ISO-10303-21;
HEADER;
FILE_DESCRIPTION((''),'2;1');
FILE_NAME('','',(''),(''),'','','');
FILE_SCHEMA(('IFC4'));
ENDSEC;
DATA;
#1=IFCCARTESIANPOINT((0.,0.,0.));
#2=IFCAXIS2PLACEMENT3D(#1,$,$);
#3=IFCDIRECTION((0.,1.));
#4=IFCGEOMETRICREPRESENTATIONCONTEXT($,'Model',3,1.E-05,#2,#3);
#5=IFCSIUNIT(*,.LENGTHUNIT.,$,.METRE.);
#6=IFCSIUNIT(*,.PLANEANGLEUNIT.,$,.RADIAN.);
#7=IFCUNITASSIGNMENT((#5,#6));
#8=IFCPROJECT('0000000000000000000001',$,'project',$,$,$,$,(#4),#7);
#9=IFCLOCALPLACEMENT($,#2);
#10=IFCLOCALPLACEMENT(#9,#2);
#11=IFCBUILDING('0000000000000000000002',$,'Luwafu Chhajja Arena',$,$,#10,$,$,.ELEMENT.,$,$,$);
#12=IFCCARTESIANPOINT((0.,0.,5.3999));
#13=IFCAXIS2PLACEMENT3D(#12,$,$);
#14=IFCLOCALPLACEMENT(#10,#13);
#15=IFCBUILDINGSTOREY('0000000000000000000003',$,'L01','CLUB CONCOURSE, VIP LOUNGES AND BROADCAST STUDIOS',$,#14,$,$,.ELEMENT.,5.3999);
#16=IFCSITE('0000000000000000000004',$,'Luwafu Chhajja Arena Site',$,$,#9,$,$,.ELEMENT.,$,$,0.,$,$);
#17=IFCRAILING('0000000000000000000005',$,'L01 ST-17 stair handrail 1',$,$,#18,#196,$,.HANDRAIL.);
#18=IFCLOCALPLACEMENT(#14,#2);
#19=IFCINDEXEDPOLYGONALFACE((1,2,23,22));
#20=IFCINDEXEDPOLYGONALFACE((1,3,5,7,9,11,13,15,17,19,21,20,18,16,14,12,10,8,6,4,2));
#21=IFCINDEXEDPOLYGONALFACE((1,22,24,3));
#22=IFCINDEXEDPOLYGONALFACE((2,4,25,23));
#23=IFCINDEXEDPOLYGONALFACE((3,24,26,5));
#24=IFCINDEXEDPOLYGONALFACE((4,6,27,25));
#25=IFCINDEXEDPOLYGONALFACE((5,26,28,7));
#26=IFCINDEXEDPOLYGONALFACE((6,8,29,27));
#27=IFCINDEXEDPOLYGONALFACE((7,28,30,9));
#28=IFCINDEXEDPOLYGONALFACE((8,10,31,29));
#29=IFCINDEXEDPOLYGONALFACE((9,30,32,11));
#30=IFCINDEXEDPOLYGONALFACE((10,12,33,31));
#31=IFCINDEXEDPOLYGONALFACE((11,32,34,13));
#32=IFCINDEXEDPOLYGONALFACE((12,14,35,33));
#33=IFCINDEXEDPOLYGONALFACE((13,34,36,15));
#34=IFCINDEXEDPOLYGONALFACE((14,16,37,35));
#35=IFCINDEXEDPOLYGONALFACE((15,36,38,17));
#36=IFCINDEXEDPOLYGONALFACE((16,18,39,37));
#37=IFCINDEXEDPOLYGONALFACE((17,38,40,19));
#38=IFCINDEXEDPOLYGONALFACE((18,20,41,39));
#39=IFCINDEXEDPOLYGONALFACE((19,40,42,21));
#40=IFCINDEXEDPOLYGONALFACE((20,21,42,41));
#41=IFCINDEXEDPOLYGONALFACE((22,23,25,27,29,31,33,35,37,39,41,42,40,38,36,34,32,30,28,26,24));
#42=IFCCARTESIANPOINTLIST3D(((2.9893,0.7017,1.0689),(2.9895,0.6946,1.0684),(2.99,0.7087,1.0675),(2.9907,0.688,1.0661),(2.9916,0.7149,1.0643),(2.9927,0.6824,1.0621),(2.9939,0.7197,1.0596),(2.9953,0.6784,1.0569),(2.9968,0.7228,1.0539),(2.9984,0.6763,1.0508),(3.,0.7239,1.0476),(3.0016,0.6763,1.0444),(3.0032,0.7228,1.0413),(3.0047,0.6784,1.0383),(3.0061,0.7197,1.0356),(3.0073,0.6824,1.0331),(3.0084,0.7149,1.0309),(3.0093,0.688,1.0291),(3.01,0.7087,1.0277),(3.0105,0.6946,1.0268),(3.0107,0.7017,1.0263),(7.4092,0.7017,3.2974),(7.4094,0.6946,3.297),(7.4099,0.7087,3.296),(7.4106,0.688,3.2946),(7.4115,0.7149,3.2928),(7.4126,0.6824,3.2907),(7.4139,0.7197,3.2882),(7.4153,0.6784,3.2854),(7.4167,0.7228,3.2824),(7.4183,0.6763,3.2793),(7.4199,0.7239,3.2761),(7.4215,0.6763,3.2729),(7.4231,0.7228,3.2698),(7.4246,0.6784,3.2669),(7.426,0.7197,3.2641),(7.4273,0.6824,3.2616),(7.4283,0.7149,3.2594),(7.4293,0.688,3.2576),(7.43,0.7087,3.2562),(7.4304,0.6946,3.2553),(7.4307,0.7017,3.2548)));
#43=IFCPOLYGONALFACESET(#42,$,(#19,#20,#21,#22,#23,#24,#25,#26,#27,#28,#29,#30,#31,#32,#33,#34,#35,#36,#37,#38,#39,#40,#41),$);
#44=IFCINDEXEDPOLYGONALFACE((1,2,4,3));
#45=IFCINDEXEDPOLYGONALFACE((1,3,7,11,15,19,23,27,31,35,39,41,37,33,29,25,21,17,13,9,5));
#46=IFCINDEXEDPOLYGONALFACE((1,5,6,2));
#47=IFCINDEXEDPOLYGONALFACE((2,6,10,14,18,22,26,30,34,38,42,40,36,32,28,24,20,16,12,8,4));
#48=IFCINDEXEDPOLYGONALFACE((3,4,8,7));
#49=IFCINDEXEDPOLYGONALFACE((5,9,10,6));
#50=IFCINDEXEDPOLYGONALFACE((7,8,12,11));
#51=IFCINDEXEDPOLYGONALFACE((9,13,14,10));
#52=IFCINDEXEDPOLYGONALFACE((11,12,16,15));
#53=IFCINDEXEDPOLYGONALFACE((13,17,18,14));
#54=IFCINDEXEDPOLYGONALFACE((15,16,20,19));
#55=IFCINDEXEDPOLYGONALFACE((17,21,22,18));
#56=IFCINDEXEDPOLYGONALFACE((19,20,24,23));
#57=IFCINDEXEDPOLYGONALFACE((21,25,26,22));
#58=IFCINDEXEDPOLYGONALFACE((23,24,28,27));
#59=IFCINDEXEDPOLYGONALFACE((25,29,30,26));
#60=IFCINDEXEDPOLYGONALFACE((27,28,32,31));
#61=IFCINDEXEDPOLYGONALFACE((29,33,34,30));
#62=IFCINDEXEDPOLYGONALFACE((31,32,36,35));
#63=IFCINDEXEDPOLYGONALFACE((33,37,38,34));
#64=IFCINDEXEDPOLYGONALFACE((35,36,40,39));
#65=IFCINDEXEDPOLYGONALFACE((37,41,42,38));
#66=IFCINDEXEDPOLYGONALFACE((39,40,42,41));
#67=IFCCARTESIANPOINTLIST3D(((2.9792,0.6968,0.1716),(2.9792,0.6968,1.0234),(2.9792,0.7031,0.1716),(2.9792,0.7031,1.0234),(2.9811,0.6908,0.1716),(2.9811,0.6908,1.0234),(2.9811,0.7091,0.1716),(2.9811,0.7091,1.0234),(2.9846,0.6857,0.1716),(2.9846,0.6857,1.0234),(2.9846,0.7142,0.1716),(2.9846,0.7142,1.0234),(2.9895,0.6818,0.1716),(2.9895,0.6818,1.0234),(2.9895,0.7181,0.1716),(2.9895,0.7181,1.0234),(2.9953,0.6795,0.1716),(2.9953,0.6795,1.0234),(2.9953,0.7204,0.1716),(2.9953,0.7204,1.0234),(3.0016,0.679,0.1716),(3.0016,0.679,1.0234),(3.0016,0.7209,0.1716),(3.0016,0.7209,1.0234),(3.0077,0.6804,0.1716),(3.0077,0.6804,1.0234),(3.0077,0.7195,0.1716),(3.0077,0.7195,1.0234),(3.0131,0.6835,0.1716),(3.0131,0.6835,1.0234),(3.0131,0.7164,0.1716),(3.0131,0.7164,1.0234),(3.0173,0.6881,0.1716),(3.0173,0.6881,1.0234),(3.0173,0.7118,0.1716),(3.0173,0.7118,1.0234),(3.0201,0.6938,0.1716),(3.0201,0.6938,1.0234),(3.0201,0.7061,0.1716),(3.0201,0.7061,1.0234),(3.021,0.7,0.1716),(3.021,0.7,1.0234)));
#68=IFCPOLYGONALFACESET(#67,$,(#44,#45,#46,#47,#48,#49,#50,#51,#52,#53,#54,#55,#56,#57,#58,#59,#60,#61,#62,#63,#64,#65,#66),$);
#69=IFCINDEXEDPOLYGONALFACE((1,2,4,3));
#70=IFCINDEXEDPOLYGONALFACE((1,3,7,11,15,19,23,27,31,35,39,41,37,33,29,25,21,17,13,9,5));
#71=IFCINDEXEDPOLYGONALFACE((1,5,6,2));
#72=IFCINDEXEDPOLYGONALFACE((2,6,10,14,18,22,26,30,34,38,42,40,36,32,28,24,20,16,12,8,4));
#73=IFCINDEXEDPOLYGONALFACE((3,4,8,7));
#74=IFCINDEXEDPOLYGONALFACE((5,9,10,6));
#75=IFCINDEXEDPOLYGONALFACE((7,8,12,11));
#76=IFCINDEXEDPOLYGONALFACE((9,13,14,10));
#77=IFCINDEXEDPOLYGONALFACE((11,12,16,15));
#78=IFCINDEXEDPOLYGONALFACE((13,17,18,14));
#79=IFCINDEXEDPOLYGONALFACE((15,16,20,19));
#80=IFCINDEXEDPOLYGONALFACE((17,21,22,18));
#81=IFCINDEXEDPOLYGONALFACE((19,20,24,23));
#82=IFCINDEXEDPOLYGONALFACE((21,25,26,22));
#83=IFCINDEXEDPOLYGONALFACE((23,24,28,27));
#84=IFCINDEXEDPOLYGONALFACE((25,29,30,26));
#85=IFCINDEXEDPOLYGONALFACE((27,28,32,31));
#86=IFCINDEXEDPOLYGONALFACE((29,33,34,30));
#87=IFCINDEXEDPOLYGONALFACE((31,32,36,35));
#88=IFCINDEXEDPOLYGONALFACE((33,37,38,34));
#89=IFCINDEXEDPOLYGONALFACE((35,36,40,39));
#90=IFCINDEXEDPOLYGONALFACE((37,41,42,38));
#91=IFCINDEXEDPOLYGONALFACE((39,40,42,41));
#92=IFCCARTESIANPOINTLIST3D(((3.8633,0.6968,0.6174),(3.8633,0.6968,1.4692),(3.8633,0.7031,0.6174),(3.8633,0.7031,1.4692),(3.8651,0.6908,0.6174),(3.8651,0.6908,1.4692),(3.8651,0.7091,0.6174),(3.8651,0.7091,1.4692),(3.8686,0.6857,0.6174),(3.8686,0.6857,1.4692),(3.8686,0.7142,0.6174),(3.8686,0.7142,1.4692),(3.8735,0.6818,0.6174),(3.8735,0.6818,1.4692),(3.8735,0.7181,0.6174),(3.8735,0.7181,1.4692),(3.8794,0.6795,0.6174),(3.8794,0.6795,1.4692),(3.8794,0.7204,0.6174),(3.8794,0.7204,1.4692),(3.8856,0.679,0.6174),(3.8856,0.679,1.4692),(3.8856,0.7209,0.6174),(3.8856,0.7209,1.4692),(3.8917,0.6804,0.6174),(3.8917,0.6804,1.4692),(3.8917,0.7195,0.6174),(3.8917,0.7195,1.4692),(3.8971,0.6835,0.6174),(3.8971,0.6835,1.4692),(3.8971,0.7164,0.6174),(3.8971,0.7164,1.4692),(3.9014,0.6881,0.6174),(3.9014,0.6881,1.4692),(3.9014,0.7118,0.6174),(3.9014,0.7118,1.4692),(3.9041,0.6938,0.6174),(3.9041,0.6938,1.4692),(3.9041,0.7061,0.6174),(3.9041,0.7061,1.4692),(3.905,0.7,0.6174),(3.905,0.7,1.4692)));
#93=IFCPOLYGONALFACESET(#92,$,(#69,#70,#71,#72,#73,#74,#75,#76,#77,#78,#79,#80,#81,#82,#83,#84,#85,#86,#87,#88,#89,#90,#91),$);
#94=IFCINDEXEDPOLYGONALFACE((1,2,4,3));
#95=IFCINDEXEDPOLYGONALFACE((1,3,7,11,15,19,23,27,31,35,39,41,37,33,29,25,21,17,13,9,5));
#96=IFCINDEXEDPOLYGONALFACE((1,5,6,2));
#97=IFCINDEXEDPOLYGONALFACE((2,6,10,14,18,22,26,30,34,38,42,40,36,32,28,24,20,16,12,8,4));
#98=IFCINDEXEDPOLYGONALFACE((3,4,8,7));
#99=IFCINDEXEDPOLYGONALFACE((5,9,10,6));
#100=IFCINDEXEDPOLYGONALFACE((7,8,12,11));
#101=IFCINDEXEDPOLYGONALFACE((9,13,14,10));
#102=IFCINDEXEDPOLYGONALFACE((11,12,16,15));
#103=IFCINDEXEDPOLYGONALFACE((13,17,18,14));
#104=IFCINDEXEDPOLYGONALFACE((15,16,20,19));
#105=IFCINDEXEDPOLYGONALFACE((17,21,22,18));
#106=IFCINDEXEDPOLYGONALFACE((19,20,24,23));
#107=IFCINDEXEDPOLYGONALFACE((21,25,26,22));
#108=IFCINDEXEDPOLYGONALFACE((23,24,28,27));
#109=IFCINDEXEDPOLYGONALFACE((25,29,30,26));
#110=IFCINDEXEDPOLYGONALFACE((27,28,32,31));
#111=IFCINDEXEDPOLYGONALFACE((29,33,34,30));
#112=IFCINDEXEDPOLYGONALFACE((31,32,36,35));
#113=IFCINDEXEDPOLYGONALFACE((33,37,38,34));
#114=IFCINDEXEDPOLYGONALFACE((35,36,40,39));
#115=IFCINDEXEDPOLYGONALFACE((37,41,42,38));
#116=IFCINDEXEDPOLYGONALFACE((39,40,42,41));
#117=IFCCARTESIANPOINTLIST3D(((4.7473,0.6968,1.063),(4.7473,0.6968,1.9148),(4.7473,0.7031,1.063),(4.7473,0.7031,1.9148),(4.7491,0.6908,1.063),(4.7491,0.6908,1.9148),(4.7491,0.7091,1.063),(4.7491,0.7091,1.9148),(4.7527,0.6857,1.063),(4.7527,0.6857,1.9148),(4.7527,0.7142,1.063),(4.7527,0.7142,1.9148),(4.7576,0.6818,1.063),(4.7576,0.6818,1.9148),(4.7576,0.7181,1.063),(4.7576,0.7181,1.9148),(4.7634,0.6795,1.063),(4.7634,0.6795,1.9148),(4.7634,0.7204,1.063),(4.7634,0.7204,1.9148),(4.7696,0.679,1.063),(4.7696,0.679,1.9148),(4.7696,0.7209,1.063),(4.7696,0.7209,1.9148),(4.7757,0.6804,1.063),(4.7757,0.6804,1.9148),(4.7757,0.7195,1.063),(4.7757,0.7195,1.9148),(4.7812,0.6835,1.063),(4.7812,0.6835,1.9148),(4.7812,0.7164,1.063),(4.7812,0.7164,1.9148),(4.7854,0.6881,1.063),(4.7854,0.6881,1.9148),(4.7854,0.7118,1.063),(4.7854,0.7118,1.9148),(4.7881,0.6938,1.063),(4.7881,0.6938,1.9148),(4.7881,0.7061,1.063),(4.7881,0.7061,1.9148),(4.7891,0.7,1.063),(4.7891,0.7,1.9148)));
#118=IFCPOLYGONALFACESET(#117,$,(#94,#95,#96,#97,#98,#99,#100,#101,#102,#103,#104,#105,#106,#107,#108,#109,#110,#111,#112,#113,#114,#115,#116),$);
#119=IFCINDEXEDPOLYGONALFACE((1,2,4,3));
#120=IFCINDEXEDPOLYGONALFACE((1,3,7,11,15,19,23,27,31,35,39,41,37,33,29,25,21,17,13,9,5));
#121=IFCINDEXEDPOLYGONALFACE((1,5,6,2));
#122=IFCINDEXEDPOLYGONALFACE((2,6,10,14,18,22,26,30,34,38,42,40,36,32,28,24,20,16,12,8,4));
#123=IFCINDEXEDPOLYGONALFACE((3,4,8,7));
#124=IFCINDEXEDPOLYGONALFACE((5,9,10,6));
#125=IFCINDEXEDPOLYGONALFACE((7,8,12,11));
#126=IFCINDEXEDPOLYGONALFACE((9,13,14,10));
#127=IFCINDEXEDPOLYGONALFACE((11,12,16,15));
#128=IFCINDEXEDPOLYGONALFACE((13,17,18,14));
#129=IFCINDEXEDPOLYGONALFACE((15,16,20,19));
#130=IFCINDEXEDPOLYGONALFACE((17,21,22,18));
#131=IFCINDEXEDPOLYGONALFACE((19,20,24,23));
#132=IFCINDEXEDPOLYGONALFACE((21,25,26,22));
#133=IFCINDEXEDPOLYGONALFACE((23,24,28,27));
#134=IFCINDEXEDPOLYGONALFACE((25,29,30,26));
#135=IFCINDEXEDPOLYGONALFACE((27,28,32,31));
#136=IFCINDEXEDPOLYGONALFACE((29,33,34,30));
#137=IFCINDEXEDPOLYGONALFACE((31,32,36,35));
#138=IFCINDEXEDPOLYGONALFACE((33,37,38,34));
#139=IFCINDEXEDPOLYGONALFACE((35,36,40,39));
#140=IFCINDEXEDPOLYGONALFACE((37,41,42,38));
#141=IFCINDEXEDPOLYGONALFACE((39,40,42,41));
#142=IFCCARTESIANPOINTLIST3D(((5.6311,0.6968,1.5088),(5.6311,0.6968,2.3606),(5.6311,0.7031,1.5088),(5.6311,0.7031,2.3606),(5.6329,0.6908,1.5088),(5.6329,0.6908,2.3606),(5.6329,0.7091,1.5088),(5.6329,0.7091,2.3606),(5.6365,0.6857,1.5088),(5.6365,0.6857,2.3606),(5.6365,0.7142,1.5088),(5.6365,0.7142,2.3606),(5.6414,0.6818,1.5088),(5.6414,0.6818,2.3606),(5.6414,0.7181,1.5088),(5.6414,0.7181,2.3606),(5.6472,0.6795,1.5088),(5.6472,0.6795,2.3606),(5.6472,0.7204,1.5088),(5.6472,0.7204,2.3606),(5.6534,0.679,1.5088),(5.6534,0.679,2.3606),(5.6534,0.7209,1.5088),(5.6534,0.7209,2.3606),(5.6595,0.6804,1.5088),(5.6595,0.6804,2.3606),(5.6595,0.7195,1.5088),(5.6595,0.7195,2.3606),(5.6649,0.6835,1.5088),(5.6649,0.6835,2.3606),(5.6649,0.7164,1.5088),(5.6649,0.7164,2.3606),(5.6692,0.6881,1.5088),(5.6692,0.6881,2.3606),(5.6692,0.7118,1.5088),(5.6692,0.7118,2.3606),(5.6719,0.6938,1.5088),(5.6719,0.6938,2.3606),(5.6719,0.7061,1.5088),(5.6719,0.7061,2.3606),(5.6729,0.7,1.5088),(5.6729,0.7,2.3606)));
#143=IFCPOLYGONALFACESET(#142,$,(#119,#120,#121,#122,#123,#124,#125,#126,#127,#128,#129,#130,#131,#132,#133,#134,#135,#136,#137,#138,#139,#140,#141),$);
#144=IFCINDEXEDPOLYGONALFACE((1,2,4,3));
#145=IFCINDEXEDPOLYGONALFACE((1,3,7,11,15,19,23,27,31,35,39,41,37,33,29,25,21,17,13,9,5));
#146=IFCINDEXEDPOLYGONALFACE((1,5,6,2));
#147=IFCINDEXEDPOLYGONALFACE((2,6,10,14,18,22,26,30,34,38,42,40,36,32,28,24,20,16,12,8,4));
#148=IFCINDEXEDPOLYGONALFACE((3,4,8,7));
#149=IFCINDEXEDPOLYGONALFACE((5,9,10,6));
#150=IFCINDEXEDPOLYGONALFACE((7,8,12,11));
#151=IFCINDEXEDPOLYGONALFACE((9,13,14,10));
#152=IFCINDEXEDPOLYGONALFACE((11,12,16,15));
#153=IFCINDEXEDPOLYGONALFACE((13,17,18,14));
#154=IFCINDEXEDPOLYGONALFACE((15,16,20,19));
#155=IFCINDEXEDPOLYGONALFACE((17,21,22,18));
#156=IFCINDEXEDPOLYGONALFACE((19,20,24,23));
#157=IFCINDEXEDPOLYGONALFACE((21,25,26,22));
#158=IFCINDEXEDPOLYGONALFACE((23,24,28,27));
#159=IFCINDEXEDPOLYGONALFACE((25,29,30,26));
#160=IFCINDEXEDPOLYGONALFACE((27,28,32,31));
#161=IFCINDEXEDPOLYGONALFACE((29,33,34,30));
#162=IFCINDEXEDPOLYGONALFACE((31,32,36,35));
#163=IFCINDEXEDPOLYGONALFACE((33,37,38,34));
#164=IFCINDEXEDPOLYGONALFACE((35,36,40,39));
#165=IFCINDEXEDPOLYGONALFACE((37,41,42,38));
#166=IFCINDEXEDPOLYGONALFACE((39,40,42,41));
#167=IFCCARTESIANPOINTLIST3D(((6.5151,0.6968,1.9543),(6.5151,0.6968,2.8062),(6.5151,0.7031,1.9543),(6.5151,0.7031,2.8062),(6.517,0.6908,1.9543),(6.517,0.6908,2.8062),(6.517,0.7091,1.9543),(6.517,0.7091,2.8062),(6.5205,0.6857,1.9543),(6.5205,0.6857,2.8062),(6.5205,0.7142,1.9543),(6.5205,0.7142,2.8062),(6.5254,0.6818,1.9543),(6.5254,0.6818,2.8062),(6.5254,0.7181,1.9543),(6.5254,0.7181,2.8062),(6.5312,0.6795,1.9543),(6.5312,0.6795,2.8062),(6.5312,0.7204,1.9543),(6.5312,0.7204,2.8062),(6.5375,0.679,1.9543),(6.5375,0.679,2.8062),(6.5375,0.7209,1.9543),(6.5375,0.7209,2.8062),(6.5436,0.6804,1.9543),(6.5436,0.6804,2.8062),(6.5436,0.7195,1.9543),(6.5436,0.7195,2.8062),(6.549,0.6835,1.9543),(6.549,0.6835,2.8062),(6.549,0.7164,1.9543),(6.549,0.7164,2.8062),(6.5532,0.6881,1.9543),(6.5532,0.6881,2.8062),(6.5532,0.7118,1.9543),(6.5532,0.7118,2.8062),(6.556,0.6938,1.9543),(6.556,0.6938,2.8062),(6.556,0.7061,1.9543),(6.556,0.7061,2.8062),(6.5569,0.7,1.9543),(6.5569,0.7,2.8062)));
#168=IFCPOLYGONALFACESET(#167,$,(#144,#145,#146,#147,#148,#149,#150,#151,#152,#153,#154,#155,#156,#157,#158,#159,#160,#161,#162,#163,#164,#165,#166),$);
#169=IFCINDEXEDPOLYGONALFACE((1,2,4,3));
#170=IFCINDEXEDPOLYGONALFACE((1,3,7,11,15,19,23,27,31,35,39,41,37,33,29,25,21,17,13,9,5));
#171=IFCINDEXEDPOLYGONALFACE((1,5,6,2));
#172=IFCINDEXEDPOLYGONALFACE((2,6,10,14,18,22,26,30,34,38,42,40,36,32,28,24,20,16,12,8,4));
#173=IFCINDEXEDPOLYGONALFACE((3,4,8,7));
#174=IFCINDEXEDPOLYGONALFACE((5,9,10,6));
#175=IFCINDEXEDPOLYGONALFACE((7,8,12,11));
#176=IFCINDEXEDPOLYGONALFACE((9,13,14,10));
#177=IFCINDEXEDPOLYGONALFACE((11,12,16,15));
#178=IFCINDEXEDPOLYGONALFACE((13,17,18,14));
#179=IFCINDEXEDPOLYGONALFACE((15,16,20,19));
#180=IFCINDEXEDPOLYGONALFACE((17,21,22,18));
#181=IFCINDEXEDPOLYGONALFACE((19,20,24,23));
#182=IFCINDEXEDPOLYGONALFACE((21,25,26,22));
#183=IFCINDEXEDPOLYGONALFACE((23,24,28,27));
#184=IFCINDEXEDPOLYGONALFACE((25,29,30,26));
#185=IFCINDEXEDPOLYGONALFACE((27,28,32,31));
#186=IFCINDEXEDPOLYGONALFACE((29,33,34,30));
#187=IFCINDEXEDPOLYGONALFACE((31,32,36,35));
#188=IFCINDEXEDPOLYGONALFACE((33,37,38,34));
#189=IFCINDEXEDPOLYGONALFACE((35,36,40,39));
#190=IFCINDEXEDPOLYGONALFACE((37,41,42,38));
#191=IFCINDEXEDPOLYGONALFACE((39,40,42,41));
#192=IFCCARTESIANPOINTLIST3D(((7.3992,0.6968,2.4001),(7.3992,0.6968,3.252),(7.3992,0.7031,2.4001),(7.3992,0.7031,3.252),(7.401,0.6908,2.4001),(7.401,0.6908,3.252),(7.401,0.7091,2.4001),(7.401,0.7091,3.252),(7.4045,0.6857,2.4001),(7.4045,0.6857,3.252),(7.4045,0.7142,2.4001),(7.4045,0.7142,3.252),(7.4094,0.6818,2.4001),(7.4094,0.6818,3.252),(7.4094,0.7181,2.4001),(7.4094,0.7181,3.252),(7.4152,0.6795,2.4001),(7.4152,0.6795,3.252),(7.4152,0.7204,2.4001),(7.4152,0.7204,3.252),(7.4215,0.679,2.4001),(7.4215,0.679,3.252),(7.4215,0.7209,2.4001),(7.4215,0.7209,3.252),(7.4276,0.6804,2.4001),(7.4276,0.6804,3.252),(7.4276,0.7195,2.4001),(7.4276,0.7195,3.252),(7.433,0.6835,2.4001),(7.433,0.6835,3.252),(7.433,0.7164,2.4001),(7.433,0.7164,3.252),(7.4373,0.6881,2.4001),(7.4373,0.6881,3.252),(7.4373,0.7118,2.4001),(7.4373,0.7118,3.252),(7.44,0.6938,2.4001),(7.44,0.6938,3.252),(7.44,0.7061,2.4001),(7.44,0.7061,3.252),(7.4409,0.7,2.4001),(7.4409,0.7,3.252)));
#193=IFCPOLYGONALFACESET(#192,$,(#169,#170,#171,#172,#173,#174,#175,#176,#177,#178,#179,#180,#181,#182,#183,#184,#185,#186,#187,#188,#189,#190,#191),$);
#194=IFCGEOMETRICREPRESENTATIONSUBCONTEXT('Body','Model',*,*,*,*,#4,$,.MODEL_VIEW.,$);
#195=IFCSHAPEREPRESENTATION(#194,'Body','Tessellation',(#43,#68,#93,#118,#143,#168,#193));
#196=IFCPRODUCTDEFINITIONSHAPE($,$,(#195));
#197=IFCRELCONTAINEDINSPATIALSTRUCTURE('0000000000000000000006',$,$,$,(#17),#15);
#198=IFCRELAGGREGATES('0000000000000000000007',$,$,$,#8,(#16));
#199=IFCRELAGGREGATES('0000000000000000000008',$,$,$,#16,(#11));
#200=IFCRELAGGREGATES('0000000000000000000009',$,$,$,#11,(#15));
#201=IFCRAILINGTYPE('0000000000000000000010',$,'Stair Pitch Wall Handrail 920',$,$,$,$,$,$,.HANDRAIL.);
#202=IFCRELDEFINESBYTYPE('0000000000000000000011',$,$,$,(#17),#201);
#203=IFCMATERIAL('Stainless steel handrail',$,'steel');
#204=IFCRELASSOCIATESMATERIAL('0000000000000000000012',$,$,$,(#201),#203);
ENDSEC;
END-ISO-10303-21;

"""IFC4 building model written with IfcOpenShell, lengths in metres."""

from ifc_helpers import new_model, si_unit, direction, frame, origin, origin_2d, place, context, subcontext, project, spatial, circle, extrude, material, type_object, element, save


model = new_model("IFC4")

# Units and contexts
model_context = context("Model", 3, precision=1e-05, world=origin(), true_north=direction((0.0, 1.0)))
body_context = subcontext(model_context, "Body", "Model", "MODEL_VIEW")
ifc_project = project(units=[si_unit("LENGTHUNIT", "METRE"), si_unit("PLANEANGLEUNIT", "RADIAN")], contexts=[model_context])

# Site, building, storey
site_placement = place(None, origin())
site = spatial("IfcSite", under=ifc_project, at=site_placement, Name="Luwafu Chhajja Arena Site", CompositionType="ELEMENT", RefElevation=0.0)
building_placement = place(site_placement, origin())
building = spatial("IfcBuilding", under=site, at=building_placement, Name="Luwafu Chhajja Arena", CompositionType="ELEMENT")
storey_placement = place(building_placement, frame((0.0, 0.0, 5.3999)))
storey = spatial("IfcBuildingStorey", under=building, at=storey_placement, Name="L01", Description="CLUB CONCOURSE, VIP LOUNGES AND BROADCAST STUDIOS", CompositionType="ELEMENT", Elevation=5.3999)

# Railing
ifc_material_1 = material(Name="Stainless steel handrail", Category="steel")
railing_type_1 = type_object("IfcRailingType", Name="Stair Pitch Wall Handrail 920", PredefinedType="HANDRAIL", material=ifc_material_1)
railing_1_placement = place(storey_placement, frame((3.0, 0.7, 0.1716)))
element("IfcRailing", 1, at=railing_1_placement, inside=storey, type_object=railing_type_1, Name="L01 ST-17 stair handrail 1", PredefinedType="HANDRAIL", context=body_context, shape_type="SweptSolid", body=[
    extrude(circle(Radius=0.0239, at=origin_2d()), frame((0.0, 0.0, 0.876), z_axis=(0.892923, 0.0, 0.45021), x_axis=(0.0, 1.0, 0.0)), (0.0, 0.0, 1.0), 4.95),
    extrude(circle(Radius=0.021, at=origin_2d()), origin(), (0.0, 0.0, 1.0), 0.8518),
    extrude(circle(Radius=0.021, at=origin_2d()), frame((0.884, 0.0, 0.4458)), (0.0, 0.0, 1.0), 0.8518),
    extrude(circle(Radius=0.021, at=origin_2d()), frame((1.7681, 0.0, 0.8914)), (0.0, 0.0, 1.0), 0.8518),
    extrude(circle(Radius=0.021, at=origin_2d()), frame((2.6519, 0.0, 1.3372)), (0.0, 0.0, 1.0), 0.8518),
    extrude(circle(Radius=0.021, at=origin_2d()), frame((3.5359, 0.0, 1.7827)), (0.0, 0.0, 1.0), 0.8518),
    extrude(circle(Radius=0.021, at=origin_2d()), frame((4.4199, 0.0, 2.2285)), (0.0, 0.0, 1.0), 0.8518),
])

save(model, "model.ifc")
